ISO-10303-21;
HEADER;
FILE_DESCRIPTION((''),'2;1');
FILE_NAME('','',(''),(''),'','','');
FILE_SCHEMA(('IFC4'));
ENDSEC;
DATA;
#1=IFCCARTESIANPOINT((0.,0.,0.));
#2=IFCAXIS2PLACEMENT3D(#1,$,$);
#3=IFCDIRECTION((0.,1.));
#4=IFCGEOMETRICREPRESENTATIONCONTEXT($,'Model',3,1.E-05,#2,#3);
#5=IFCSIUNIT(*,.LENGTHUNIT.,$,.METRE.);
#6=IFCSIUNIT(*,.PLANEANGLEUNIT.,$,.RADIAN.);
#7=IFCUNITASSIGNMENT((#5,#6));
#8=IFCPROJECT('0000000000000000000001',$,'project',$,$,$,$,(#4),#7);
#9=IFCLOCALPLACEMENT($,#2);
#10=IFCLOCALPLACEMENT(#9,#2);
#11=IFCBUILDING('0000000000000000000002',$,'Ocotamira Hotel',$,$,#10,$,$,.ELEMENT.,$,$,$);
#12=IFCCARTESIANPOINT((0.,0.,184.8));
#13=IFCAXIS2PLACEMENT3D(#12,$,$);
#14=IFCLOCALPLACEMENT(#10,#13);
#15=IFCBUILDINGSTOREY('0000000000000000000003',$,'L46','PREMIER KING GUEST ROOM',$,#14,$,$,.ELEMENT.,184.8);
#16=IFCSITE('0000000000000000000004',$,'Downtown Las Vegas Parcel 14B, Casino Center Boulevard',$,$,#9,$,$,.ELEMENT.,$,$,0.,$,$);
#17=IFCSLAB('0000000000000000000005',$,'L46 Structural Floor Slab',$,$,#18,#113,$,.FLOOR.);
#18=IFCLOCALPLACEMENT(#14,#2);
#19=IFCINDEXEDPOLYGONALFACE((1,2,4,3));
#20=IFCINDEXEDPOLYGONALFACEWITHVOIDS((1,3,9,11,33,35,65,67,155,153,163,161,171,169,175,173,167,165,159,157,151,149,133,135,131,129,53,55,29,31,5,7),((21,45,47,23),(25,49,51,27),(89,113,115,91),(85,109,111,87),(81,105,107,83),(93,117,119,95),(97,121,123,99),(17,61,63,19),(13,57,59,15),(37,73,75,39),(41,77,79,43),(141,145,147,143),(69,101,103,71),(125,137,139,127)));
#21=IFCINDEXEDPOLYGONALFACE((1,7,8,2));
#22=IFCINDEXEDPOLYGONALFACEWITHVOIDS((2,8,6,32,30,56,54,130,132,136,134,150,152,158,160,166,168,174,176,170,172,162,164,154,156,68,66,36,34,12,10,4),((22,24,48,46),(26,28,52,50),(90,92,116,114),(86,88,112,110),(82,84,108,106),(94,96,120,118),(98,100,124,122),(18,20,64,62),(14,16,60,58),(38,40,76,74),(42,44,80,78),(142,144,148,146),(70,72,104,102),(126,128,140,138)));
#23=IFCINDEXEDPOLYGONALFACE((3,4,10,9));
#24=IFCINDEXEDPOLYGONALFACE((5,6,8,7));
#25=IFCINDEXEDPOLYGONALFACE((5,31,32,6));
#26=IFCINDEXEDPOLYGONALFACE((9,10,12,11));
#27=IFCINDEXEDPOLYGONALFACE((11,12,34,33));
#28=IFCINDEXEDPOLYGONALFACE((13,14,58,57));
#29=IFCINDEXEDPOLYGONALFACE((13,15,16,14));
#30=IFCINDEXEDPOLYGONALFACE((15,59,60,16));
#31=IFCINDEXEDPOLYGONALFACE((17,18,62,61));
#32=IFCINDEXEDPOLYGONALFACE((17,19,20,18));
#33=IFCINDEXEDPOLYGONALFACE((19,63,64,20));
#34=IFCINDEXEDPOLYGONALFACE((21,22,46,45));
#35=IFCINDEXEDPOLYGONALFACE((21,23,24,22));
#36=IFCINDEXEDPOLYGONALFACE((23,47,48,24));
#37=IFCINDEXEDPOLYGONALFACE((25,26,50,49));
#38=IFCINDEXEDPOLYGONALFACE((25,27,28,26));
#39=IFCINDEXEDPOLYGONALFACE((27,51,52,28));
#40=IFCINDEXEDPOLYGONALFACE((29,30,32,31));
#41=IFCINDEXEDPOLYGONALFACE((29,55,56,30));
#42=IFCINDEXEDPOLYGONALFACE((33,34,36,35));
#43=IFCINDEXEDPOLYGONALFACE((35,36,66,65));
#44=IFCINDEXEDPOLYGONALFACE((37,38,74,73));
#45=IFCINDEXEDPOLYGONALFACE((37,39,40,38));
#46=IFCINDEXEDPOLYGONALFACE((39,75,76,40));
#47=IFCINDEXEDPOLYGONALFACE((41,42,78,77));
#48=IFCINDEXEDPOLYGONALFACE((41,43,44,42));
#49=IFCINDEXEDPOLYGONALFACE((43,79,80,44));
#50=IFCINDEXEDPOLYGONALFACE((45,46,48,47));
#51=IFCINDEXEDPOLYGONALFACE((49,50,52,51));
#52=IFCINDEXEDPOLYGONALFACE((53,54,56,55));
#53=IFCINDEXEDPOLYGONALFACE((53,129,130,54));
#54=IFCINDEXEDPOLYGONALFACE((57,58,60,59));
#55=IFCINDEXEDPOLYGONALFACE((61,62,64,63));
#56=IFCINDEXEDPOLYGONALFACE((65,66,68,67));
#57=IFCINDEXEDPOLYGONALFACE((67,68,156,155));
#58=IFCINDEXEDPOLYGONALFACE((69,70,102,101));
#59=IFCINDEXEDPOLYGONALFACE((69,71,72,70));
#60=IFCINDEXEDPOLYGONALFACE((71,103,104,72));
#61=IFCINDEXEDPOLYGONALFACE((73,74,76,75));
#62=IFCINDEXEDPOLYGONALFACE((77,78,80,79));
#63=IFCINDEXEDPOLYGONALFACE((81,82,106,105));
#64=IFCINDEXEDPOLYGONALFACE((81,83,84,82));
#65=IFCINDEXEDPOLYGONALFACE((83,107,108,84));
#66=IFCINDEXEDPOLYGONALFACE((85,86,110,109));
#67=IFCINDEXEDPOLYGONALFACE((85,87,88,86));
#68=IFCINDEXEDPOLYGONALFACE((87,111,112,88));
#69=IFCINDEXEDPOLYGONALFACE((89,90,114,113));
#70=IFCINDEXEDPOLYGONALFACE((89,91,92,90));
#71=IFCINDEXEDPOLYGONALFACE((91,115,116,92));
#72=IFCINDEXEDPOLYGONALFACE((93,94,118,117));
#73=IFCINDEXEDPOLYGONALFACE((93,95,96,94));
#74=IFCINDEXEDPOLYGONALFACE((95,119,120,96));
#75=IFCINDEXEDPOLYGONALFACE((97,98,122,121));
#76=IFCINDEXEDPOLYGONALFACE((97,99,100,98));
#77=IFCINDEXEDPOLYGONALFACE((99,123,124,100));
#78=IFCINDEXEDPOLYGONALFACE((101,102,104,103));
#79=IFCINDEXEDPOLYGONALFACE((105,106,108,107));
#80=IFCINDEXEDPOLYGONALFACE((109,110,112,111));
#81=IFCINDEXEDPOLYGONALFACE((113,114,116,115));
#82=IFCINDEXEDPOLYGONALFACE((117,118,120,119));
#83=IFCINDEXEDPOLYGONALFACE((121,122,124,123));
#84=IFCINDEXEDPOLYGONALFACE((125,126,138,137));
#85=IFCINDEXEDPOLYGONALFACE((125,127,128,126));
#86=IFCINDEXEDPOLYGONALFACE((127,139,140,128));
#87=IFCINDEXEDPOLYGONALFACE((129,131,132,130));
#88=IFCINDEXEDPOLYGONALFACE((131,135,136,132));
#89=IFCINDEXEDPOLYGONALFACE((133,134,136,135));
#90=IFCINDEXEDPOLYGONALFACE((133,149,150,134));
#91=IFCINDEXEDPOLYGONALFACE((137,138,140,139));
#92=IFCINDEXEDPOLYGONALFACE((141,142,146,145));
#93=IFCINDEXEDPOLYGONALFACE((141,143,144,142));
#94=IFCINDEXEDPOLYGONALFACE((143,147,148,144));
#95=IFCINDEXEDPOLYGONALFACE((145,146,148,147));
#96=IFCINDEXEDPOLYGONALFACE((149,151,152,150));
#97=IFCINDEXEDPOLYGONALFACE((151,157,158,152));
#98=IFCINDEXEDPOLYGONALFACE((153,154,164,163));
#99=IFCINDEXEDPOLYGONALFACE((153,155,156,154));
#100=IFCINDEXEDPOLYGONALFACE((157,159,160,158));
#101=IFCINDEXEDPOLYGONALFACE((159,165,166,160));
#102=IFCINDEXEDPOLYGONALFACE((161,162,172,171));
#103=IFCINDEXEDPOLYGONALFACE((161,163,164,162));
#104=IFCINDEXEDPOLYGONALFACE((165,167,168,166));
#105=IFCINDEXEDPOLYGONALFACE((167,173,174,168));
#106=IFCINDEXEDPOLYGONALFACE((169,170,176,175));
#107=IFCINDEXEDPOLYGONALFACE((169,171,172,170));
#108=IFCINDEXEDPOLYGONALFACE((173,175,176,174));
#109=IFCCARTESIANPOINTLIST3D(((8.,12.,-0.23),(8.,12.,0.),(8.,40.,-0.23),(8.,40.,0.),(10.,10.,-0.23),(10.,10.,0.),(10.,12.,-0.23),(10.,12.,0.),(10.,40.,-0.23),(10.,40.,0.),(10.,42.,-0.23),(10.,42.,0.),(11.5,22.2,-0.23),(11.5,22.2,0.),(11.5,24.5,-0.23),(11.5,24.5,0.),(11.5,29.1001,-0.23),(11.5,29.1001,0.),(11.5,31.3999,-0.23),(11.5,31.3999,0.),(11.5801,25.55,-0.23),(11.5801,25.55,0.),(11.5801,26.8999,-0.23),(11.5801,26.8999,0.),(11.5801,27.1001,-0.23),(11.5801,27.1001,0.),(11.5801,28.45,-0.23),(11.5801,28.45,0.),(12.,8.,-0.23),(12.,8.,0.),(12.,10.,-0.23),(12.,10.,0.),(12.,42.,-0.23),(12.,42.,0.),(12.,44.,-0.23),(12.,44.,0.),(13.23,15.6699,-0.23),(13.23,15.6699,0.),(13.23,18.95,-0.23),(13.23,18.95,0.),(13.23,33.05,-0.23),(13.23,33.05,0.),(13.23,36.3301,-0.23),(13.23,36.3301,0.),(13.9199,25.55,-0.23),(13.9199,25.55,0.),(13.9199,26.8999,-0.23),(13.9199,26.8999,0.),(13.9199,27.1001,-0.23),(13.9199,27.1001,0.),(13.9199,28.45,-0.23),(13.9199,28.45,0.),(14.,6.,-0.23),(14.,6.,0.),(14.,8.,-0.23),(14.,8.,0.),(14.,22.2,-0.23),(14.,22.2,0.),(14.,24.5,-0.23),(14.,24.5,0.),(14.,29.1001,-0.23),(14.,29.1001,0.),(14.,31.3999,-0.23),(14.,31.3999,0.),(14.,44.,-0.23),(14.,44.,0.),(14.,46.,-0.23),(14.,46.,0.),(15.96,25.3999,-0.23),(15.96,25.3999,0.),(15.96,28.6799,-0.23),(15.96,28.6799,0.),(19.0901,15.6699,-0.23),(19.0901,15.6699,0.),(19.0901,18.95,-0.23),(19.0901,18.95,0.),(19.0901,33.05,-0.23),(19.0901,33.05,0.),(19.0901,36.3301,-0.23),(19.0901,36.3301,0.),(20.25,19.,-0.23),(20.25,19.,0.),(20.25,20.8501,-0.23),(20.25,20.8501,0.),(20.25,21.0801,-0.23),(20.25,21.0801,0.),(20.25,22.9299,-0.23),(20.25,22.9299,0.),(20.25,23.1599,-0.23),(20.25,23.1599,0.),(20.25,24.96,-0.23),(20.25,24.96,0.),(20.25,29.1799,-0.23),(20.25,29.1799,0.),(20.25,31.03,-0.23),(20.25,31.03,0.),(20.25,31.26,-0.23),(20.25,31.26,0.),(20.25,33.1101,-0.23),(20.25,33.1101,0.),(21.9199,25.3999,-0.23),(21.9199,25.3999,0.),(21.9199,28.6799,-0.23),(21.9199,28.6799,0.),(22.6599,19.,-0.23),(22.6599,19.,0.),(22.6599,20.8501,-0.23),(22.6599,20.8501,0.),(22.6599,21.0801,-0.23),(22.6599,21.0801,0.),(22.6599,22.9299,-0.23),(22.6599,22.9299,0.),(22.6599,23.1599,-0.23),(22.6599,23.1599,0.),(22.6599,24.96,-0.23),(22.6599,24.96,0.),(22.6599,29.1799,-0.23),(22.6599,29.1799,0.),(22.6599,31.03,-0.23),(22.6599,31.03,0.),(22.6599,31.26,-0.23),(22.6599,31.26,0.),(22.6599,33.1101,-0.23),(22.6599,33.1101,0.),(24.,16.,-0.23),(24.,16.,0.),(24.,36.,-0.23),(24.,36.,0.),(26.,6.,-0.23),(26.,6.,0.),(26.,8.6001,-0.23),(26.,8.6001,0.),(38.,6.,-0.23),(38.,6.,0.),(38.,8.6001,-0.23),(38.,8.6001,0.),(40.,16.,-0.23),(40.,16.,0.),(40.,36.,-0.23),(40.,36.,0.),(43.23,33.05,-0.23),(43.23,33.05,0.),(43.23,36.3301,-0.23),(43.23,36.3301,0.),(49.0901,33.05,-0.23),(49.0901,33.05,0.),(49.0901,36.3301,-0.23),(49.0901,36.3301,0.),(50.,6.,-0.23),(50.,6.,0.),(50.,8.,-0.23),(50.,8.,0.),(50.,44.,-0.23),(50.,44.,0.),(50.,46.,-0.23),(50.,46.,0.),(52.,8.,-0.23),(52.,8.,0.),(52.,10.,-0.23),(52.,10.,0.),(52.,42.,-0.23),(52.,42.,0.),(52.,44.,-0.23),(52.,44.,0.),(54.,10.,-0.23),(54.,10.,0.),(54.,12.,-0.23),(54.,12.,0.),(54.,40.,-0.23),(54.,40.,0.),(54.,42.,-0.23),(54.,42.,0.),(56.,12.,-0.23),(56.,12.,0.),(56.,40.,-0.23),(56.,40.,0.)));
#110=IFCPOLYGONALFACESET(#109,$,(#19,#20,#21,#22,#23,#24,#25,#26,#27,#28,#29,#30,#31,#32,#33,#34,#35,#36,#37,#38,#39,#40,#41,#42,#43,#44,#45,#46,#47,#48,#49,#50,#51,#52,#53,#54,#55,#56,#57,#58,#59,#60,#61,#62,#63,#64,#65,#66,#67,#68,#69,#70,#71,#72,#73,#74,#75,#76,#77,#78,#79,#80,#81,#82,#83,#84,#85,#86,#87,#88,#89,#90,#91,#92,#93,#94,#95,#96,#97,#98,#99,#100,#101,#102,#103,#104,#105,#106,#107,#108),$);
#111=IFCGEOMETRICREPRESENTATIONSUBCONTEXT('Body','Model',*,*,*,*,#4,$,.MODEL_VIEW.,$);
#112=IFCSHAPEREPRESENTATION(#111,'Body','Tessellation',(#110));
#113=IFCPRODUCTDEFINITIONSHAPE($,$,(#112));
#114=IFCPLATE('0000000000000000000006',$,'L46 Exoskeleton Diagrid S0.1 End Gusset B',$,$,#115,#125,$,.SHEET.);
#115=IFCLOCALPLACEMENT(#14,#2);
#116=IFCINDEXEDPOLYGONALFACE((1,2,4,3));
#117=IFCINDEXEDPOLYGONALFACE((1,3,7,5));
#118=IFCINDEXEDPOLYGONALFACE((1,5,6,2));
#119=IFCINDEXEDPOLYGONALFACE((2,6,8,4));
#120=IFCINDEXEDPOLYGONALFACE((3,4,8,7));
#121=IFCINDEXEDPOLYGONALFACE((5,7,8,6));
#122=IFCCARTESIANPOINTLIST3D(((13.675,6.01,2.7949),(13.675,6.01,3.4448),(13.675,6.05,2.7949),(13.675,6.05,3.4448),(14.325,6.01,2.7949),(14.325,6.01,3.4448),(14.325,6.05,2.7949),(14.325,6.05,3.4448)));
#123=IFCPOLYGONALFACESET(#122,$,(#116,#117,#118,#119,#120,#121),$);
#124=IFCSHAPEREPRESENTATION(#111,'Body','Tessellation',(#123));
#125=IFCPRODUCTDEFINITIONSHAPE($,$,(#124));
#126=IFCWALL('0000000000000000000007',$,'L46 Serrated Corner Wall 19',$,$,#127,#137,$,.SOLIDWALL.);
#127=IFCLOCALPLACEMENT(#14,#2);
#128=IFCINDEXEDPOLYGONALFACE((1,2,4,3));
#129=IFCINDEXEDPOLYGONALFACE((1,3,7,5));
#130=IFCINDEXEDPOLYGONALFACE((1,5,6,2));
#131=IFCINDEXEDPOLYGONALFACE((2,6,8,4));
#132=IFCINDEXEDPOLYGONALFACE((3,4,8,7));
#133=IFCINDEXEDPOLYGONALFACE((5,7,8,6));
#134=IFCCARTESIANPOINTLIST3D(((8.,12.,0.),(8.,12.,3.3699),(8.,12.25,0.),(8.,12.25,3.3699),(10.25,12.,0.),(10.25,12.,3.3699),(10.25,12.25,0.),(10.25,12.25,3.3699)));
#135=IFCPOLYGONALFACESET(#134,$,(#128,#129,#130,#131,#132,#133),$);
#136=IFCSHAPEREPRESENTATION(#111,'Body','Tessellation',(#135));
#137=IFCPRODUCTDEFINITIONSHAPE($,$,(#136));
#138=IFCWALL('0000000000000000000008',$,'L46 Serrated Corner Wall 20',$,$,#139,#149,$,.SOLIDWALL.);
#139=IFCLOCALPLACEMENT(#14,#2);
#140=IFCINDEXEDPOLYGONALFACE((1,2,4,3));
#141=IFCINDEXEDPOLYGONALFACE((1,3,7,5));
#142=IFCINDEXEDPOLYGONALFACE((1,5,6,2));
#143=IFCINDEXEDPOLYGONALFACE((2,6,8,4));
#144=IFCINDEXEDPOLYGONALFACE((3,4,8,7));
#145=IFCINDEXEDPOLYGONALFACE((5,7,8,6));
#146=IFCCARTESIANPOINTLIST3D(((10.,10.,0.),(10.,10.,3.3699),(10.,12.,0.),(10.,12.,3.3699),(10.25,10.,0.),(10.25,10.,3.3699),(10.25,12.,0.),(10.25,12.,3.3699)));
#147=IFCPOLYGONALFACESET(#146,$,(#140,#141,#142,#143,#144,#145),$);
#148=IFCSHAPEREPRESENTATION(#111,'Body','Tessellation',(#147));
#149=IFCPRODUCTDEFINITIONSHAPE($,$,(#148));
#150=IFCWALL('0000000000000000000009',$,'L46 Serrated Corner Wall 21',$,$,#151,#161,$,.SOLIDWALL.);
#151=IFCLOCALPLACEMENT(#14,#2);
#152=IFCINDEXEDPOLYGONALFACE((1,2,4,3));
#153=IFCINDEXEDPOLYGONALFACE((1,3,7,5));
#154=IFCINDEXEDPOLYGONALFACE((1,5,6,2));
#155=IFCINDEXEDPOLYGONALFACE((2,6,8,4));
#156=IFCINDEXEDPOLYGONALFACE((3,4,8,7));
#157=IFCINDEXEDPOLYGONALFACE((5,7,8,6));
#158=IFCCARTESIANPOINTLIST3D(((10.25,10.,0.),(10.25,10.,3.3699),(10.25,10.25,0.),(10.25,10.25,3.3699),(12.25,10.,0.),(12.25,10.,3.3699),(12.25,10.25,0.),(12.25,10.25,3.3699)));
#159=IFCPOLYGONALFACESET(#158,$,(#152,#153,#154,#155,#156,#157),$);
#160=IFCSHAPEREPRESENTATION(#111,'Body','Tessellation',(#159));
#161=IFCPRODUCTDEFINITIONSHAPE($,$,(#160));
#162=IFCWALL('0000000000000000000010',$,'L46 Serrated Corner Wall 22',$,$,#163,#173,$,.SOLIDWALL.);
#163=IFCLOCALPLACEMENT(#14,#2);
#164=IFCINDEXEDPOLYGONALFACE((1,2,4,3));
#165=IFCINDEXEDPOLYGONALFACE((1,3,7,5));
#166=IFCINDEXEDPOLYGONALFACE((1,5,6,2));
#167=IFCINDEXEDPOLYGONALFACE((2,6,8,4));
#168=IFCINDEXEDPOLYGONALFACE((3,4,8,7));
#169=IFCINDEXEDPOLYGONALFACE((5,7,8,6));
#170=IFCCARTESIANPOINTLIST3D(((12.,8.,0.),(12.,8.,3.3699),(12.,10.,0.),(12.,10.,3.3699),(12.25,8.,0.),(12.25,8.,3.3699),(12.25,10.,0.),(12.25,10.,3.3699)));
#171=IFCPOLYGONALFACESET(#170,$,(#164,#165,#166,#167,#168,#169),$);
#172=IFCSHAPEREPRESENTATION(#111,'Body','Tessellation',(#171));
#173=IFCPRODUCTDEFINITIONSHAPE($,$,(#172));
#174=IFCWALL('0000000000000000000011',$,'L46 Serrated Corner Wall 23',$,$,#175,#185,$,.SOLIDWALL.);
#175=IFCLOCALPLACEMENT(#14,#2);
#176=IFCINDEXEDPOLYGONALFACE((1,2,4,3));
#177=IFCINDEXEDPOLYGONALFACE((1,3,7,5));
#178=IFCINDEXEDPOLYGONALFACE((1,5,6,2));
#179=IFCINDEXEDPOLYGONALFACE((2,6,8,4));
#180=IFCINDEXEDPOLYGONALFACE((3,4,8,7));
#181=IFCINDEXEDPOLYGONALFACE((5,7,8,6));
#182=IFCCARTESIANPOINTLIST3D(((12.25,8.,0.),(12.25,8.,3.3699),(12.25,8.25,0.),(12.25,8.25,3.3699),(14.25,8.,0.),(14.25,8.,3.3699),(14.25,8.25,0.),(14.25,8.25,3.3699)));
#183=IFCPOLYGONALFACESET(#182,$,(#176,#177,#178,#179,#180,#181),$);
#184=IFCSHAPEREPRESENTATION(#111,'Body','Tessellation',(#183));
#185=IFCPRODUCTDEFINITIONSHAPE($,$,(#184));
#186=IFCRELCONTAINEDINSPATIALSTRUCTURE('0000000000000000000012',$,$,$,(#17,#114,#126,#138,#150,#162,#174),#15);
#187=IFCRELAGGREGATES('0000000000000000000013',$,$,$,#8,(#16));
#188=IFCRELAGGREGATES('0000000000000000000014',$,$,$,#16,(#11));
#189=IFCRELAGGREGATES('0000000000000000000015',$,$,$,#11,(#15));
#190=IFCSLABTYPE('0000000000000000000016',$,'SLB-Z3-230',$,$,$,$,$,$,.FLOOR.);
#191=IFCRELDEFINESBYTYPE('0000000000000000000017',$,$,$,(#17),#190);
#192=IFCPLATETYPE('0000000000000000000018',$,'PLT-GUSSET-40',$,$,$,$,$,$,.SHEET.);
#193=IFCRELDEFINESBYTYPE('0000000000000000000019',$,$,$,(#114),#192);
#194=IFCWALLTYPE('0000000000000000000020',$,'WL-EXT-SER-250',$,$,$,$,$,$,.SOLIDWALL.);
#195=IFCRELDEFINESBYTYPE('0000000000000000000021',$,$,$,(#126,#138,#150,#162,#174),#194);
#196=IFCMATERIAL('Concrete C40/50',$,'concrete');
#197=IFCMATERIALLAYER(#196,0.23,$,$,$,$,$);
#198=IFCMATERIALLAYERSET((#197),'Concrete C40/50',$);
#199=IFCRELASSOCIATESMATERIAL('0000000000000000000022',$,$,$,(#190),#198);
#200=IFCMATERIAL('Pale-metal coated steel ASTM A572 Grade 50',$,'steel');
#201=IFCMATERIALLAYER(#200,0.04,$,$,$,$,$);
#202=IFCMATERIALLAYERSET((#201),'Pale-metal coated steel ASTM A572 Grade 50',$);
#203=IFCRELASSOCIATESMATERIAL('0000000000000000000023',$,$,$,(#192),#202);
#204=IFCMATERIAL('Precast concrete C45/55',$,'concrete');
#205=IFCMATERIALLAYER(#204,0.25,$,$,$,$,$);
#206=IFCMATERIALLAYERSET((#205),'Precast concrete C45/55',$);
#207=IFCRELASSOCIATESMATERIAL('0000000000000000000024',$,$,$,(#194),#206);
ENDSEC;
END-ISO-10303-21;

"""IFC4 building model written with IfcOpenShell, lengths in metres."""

from ifc_helpers import new_model, si_unit, direction, frame, frame_2d, origin, origin_2d, place, context, subcontext, project, spatial, polyline, rectangle, outline, extrude, source, transform, mapped, material, layer, layer_set, type_object, element, save


model = new_model("IFC4")

# Units and contexts
model_context = context("Model", 3, precision=1e-05, world=origin(), true_north=direction((0.0, 1.0)))
body_context = subcontext(model_context, "Body", "Model", "MODEL_VIEW")
ifc_project = project(units=[si_unit("LENGTHUNIT", "METRE"), si_unit("PLANEANGLEUNIT", "RADIAN")], contexts=[model_context])

# Site, building, storey
site_placement = place(None, origin())
site = spatial("IfcSite", under=ifc_project, at=site_placement, Name="Downtown Las Vegas Parcel 14B, Casino Center Boulevard", CompositionType="ELEMENT", RefElevation=0.0)
building_placement = place(site_placement, origin())
building = spatial("IfcBuilding", under=site, at=building_placement, Name="Ocotamira Hotel", CompositionType="ELEMENT")
storey_placement = place(building_placement, frame((0.0, 0.0, 184.8)))
storey = spatial("IfcBuildingStorey", under=building, at=storey_placement, Name="L46", Description="PREMIER KING GUEST ROOM", CompositionType="ELEMENT", Elevation=184.8)

# Shared definitions
ifc_material_1 = material(Name="Concrete C40/50", Category="concrete")

# Slab
ifc_layer_1 = layer(ifc_material_1, 0.23)
ifc_layer_set_1 = layer_set([ifc_layer_1], Name="Concrete C40/50")
slab_type_1 = type_object("IfcSlabType", Name="SLB-Z3-230", PredefinedType="FLOOR", material=ifc_layer_set_1)
slab_1_placement = place(storey_placement, frame((0.0, 0.0, -0.23)))
element("IfcSlab", 1, at=slab_1_placement, inside=storey, type_object=slab_type_1, Name="L46 Structural Floor Slab", PredefinedType="FLOOR", context=body_context, shape_type="SweptSolid", body=[
    extrude(outline(polyline([(14.0, 6.0), (14.0, 8.0), (12.0, 8.0), (12.0, 10.0), (10.0, 10.0), (10.0, 12.0), (8.0, 12.0), (8.0, 40.0), (10.0, 40.0), (10.0, 42.0), (12.0, 42.0), (12.0, 44.0), (14.0, 44.0), (14.0, 46.0), (50.0, 46.0), (50.0, 44.0), (52.0, 44.0), (52.0, 42.0), (54.0, 42.0), (54.0, 40.0), (56.0, 40.0), (56.0, 12.0), (54.0, 12.0), (54.0, 10.0), (52.0, 10.0), (52.0, 8.0), (50.0, 8.0), (50.0, 6.0), (38.0, 6.0), (38.0, 8.6001), (26.0, 8.6001), (26.0, 6.0), (14.0, 6.0)]), holes=[polyline([(24.0, 16.0), (40.0, 16.0), (40.0, 36.0), (24.0, 36.0), (24.0, 16.0)]), polyline([(13.23, 15.6699), (19.0901, 15.6699), (19.0901, 18.95), (13.23, 18.95), (13.23, 15.6699)]), polyline([(13.23, 33.05), (19.0901, 33.05), (19.0901, 36.3301), (13.23, 36.3301), (13.23, 33.05)]), polyline([(15.96, 25.3999), (21.9199, 25.3999), (21.9199, 28.6799), (15.96, 28.6799), (15.96, 25.3999)]), polyline([(43.23, 33.05), (49.0901, 33.05), (49.0901, 36.3301), (43.23, 36.3301), (43.23, 33.05)]), polyline([(20.25, 19.0), (22.6599, 19.0), (22.6599, 20.8501), (20.25, 20.8501), (20.25, 19.0)]), polyline([(20.25, 21.0801), (22.6599, 21.0801), (22.6599, 22.9299), (20.25, 22.9299), (20.25, 21.0801)]), polyline([(20.25, 23.1599), (22.6599, 23.1599), (22.6599, 24.96), (20.25, 24.96), (20.25, 23.1599)]), polyline([(20.25, 29.1799), (22.6599, 29.1799), (22.6599, 31.03), (20.25, 31.03), (20.25, 29.1799)]), polyline([(20.25, 31.26), (22.6599, 31.26), (22.6599, 33.1101), (20.25, 33.1101), (20.25, 31.26)]), polyline([(11.5, 22.2), (14.0, 22.2), (14.0, 24.5), (11.5, 24.5), (11.5, 22.2)]), polyline([(11.5, 29.1001), (14.0, 29.1001), (14.0, 31.3999), (11.5, 31.3999), (11.5, 29.1001)]), polyline([(11.5801, 25.55), (13.9199, 25.55), (13.9199, 26.8999), (11.5801, 26.8999), (11.5801, 25.55)]), polyline([(11.5801, 27.1001), (13.9199, 27.1001), (13.9199, 28.45), (11.5801, 28.45), (11.5801, 27.1001)])]), origin(), (0.0, 0.0, 1.0), 0.23),
])

# Plate
ifc_material_2 = material(Name="Pale-metal coated steel ASTM A572 Grade 50", Category="steel")
ifc_layer_2 = layer(ifc_material_2, 0.04)
ifc_layer_set_2 = layer_set([ifc_layer_2], Name="Pale-metal coated steel ASTM A572 Grade 50")
plate_type = type_object("IfcPlateType", Name="PLT-GUSSET-40", PredefinedType="SHEET", material=ifc_layer_set_2)
shared_shape_1 = source(origin(), body_context, "Body", "SweptSolid", [
    extrude(rectangle(XDim=0.6499, YDim=0.04, at=origin_2d()), origin(), (0.0, 0.0, 1.0), 0.6499),
])
plate_placement = place(storey_placement, frame((14.0, 6.03, 2.7949), z_axis=(0.0, 0.0, 1.0), x_axis=(-1.0, 0.0, 0.0)))
element("IfcPlate", 2, at=plate_placement, inside=storey, type_object=plate_type, Name="L46 Exoskeleton Diagrid S0.1 End Gusset B", PredefinedType="SHEET", context=body_context, shape_type="MappedRepresentation", body=[
    mapped(shared_shape_1, transform((0.0, 0.0, 0.0), scale=1.0)),
])

# Walls
ifc_material_3 = material(Name="Precast concrete C45/55", Category="concrete")
ifc_layer_3 = layer(ifc_material_3, 0.25)
ifc_layer_set_3 = layer_set([ifc_layer_3], Name="Precast concrete C45/55")
wall_type_1 = type_object("IfcWallType", Name="WL-EXT-SER-250", PredefinedType="SOLIDWALL", material=ifc_layer_set_3)
wall_1_placement = place(storey_placement, frame((8.0, 12.125, 0.0), z_axis=(0.0, 0.0, 1.0), x_axis=(1.0, 0.0, 0.0)))
element("IfcWall", 3, at=wall_1_placement, inside=storey, type_object=wall_type_1, Name="L46 Serrated Corner Wall 19", PredefinedType="SOLIDWALL", context=body_context, shape_type="SweptSolid", body=[
    extrude(rectangle(XDim=2.25, YDim=0.25, at=frame_2d((1.125, 0.0))), origin(), (0.0, 0.0, 1.0), 3.3699),
])
for number, where, z_axis, x_axis, name in (
    (4, (10.125, 12.0, 0.0), (0.0, 0.0, 1.0), (0.0, -1.0, 0.0), "L46 Serrated Corner Wall 20"),
    (5, (10.25, 10.125, 0.0), (0.0, 0.0, 1.0), (1.0, 0.0, 0.0), "L46 Serrated Corner Wall 21"),
    (6, (12.125, 10.0, 0.0), (0.0, 0.0, 1.0), (0.0, -1.0, 0.0), "L46 Serrated Corner Wall 22"),
    (7, (12.25, 8.125, 0.0), (0.0, 0.0, 1.0), (1.0, 0.0, 0.0), "L46 Serrated Corner Wall 23"),
):
    element("IfcWall", number, at=place(storey_placement, frame(where, z_axis=z_axis, x_axis=x_axis)), inside=storey, type_object=wall_type_1, Name=name, PredefinedType="SOLIDWALL", context=body_context, shape_type="SweptSolid", body=[
        extrude(rectangle(XDim=2.0, YDim=0.25, at=frame_2d((1.0, 0.0))), origin(), (0.0, 0.0, 1.0), 3.3699),
    ])

save(model, "model.ifc")
